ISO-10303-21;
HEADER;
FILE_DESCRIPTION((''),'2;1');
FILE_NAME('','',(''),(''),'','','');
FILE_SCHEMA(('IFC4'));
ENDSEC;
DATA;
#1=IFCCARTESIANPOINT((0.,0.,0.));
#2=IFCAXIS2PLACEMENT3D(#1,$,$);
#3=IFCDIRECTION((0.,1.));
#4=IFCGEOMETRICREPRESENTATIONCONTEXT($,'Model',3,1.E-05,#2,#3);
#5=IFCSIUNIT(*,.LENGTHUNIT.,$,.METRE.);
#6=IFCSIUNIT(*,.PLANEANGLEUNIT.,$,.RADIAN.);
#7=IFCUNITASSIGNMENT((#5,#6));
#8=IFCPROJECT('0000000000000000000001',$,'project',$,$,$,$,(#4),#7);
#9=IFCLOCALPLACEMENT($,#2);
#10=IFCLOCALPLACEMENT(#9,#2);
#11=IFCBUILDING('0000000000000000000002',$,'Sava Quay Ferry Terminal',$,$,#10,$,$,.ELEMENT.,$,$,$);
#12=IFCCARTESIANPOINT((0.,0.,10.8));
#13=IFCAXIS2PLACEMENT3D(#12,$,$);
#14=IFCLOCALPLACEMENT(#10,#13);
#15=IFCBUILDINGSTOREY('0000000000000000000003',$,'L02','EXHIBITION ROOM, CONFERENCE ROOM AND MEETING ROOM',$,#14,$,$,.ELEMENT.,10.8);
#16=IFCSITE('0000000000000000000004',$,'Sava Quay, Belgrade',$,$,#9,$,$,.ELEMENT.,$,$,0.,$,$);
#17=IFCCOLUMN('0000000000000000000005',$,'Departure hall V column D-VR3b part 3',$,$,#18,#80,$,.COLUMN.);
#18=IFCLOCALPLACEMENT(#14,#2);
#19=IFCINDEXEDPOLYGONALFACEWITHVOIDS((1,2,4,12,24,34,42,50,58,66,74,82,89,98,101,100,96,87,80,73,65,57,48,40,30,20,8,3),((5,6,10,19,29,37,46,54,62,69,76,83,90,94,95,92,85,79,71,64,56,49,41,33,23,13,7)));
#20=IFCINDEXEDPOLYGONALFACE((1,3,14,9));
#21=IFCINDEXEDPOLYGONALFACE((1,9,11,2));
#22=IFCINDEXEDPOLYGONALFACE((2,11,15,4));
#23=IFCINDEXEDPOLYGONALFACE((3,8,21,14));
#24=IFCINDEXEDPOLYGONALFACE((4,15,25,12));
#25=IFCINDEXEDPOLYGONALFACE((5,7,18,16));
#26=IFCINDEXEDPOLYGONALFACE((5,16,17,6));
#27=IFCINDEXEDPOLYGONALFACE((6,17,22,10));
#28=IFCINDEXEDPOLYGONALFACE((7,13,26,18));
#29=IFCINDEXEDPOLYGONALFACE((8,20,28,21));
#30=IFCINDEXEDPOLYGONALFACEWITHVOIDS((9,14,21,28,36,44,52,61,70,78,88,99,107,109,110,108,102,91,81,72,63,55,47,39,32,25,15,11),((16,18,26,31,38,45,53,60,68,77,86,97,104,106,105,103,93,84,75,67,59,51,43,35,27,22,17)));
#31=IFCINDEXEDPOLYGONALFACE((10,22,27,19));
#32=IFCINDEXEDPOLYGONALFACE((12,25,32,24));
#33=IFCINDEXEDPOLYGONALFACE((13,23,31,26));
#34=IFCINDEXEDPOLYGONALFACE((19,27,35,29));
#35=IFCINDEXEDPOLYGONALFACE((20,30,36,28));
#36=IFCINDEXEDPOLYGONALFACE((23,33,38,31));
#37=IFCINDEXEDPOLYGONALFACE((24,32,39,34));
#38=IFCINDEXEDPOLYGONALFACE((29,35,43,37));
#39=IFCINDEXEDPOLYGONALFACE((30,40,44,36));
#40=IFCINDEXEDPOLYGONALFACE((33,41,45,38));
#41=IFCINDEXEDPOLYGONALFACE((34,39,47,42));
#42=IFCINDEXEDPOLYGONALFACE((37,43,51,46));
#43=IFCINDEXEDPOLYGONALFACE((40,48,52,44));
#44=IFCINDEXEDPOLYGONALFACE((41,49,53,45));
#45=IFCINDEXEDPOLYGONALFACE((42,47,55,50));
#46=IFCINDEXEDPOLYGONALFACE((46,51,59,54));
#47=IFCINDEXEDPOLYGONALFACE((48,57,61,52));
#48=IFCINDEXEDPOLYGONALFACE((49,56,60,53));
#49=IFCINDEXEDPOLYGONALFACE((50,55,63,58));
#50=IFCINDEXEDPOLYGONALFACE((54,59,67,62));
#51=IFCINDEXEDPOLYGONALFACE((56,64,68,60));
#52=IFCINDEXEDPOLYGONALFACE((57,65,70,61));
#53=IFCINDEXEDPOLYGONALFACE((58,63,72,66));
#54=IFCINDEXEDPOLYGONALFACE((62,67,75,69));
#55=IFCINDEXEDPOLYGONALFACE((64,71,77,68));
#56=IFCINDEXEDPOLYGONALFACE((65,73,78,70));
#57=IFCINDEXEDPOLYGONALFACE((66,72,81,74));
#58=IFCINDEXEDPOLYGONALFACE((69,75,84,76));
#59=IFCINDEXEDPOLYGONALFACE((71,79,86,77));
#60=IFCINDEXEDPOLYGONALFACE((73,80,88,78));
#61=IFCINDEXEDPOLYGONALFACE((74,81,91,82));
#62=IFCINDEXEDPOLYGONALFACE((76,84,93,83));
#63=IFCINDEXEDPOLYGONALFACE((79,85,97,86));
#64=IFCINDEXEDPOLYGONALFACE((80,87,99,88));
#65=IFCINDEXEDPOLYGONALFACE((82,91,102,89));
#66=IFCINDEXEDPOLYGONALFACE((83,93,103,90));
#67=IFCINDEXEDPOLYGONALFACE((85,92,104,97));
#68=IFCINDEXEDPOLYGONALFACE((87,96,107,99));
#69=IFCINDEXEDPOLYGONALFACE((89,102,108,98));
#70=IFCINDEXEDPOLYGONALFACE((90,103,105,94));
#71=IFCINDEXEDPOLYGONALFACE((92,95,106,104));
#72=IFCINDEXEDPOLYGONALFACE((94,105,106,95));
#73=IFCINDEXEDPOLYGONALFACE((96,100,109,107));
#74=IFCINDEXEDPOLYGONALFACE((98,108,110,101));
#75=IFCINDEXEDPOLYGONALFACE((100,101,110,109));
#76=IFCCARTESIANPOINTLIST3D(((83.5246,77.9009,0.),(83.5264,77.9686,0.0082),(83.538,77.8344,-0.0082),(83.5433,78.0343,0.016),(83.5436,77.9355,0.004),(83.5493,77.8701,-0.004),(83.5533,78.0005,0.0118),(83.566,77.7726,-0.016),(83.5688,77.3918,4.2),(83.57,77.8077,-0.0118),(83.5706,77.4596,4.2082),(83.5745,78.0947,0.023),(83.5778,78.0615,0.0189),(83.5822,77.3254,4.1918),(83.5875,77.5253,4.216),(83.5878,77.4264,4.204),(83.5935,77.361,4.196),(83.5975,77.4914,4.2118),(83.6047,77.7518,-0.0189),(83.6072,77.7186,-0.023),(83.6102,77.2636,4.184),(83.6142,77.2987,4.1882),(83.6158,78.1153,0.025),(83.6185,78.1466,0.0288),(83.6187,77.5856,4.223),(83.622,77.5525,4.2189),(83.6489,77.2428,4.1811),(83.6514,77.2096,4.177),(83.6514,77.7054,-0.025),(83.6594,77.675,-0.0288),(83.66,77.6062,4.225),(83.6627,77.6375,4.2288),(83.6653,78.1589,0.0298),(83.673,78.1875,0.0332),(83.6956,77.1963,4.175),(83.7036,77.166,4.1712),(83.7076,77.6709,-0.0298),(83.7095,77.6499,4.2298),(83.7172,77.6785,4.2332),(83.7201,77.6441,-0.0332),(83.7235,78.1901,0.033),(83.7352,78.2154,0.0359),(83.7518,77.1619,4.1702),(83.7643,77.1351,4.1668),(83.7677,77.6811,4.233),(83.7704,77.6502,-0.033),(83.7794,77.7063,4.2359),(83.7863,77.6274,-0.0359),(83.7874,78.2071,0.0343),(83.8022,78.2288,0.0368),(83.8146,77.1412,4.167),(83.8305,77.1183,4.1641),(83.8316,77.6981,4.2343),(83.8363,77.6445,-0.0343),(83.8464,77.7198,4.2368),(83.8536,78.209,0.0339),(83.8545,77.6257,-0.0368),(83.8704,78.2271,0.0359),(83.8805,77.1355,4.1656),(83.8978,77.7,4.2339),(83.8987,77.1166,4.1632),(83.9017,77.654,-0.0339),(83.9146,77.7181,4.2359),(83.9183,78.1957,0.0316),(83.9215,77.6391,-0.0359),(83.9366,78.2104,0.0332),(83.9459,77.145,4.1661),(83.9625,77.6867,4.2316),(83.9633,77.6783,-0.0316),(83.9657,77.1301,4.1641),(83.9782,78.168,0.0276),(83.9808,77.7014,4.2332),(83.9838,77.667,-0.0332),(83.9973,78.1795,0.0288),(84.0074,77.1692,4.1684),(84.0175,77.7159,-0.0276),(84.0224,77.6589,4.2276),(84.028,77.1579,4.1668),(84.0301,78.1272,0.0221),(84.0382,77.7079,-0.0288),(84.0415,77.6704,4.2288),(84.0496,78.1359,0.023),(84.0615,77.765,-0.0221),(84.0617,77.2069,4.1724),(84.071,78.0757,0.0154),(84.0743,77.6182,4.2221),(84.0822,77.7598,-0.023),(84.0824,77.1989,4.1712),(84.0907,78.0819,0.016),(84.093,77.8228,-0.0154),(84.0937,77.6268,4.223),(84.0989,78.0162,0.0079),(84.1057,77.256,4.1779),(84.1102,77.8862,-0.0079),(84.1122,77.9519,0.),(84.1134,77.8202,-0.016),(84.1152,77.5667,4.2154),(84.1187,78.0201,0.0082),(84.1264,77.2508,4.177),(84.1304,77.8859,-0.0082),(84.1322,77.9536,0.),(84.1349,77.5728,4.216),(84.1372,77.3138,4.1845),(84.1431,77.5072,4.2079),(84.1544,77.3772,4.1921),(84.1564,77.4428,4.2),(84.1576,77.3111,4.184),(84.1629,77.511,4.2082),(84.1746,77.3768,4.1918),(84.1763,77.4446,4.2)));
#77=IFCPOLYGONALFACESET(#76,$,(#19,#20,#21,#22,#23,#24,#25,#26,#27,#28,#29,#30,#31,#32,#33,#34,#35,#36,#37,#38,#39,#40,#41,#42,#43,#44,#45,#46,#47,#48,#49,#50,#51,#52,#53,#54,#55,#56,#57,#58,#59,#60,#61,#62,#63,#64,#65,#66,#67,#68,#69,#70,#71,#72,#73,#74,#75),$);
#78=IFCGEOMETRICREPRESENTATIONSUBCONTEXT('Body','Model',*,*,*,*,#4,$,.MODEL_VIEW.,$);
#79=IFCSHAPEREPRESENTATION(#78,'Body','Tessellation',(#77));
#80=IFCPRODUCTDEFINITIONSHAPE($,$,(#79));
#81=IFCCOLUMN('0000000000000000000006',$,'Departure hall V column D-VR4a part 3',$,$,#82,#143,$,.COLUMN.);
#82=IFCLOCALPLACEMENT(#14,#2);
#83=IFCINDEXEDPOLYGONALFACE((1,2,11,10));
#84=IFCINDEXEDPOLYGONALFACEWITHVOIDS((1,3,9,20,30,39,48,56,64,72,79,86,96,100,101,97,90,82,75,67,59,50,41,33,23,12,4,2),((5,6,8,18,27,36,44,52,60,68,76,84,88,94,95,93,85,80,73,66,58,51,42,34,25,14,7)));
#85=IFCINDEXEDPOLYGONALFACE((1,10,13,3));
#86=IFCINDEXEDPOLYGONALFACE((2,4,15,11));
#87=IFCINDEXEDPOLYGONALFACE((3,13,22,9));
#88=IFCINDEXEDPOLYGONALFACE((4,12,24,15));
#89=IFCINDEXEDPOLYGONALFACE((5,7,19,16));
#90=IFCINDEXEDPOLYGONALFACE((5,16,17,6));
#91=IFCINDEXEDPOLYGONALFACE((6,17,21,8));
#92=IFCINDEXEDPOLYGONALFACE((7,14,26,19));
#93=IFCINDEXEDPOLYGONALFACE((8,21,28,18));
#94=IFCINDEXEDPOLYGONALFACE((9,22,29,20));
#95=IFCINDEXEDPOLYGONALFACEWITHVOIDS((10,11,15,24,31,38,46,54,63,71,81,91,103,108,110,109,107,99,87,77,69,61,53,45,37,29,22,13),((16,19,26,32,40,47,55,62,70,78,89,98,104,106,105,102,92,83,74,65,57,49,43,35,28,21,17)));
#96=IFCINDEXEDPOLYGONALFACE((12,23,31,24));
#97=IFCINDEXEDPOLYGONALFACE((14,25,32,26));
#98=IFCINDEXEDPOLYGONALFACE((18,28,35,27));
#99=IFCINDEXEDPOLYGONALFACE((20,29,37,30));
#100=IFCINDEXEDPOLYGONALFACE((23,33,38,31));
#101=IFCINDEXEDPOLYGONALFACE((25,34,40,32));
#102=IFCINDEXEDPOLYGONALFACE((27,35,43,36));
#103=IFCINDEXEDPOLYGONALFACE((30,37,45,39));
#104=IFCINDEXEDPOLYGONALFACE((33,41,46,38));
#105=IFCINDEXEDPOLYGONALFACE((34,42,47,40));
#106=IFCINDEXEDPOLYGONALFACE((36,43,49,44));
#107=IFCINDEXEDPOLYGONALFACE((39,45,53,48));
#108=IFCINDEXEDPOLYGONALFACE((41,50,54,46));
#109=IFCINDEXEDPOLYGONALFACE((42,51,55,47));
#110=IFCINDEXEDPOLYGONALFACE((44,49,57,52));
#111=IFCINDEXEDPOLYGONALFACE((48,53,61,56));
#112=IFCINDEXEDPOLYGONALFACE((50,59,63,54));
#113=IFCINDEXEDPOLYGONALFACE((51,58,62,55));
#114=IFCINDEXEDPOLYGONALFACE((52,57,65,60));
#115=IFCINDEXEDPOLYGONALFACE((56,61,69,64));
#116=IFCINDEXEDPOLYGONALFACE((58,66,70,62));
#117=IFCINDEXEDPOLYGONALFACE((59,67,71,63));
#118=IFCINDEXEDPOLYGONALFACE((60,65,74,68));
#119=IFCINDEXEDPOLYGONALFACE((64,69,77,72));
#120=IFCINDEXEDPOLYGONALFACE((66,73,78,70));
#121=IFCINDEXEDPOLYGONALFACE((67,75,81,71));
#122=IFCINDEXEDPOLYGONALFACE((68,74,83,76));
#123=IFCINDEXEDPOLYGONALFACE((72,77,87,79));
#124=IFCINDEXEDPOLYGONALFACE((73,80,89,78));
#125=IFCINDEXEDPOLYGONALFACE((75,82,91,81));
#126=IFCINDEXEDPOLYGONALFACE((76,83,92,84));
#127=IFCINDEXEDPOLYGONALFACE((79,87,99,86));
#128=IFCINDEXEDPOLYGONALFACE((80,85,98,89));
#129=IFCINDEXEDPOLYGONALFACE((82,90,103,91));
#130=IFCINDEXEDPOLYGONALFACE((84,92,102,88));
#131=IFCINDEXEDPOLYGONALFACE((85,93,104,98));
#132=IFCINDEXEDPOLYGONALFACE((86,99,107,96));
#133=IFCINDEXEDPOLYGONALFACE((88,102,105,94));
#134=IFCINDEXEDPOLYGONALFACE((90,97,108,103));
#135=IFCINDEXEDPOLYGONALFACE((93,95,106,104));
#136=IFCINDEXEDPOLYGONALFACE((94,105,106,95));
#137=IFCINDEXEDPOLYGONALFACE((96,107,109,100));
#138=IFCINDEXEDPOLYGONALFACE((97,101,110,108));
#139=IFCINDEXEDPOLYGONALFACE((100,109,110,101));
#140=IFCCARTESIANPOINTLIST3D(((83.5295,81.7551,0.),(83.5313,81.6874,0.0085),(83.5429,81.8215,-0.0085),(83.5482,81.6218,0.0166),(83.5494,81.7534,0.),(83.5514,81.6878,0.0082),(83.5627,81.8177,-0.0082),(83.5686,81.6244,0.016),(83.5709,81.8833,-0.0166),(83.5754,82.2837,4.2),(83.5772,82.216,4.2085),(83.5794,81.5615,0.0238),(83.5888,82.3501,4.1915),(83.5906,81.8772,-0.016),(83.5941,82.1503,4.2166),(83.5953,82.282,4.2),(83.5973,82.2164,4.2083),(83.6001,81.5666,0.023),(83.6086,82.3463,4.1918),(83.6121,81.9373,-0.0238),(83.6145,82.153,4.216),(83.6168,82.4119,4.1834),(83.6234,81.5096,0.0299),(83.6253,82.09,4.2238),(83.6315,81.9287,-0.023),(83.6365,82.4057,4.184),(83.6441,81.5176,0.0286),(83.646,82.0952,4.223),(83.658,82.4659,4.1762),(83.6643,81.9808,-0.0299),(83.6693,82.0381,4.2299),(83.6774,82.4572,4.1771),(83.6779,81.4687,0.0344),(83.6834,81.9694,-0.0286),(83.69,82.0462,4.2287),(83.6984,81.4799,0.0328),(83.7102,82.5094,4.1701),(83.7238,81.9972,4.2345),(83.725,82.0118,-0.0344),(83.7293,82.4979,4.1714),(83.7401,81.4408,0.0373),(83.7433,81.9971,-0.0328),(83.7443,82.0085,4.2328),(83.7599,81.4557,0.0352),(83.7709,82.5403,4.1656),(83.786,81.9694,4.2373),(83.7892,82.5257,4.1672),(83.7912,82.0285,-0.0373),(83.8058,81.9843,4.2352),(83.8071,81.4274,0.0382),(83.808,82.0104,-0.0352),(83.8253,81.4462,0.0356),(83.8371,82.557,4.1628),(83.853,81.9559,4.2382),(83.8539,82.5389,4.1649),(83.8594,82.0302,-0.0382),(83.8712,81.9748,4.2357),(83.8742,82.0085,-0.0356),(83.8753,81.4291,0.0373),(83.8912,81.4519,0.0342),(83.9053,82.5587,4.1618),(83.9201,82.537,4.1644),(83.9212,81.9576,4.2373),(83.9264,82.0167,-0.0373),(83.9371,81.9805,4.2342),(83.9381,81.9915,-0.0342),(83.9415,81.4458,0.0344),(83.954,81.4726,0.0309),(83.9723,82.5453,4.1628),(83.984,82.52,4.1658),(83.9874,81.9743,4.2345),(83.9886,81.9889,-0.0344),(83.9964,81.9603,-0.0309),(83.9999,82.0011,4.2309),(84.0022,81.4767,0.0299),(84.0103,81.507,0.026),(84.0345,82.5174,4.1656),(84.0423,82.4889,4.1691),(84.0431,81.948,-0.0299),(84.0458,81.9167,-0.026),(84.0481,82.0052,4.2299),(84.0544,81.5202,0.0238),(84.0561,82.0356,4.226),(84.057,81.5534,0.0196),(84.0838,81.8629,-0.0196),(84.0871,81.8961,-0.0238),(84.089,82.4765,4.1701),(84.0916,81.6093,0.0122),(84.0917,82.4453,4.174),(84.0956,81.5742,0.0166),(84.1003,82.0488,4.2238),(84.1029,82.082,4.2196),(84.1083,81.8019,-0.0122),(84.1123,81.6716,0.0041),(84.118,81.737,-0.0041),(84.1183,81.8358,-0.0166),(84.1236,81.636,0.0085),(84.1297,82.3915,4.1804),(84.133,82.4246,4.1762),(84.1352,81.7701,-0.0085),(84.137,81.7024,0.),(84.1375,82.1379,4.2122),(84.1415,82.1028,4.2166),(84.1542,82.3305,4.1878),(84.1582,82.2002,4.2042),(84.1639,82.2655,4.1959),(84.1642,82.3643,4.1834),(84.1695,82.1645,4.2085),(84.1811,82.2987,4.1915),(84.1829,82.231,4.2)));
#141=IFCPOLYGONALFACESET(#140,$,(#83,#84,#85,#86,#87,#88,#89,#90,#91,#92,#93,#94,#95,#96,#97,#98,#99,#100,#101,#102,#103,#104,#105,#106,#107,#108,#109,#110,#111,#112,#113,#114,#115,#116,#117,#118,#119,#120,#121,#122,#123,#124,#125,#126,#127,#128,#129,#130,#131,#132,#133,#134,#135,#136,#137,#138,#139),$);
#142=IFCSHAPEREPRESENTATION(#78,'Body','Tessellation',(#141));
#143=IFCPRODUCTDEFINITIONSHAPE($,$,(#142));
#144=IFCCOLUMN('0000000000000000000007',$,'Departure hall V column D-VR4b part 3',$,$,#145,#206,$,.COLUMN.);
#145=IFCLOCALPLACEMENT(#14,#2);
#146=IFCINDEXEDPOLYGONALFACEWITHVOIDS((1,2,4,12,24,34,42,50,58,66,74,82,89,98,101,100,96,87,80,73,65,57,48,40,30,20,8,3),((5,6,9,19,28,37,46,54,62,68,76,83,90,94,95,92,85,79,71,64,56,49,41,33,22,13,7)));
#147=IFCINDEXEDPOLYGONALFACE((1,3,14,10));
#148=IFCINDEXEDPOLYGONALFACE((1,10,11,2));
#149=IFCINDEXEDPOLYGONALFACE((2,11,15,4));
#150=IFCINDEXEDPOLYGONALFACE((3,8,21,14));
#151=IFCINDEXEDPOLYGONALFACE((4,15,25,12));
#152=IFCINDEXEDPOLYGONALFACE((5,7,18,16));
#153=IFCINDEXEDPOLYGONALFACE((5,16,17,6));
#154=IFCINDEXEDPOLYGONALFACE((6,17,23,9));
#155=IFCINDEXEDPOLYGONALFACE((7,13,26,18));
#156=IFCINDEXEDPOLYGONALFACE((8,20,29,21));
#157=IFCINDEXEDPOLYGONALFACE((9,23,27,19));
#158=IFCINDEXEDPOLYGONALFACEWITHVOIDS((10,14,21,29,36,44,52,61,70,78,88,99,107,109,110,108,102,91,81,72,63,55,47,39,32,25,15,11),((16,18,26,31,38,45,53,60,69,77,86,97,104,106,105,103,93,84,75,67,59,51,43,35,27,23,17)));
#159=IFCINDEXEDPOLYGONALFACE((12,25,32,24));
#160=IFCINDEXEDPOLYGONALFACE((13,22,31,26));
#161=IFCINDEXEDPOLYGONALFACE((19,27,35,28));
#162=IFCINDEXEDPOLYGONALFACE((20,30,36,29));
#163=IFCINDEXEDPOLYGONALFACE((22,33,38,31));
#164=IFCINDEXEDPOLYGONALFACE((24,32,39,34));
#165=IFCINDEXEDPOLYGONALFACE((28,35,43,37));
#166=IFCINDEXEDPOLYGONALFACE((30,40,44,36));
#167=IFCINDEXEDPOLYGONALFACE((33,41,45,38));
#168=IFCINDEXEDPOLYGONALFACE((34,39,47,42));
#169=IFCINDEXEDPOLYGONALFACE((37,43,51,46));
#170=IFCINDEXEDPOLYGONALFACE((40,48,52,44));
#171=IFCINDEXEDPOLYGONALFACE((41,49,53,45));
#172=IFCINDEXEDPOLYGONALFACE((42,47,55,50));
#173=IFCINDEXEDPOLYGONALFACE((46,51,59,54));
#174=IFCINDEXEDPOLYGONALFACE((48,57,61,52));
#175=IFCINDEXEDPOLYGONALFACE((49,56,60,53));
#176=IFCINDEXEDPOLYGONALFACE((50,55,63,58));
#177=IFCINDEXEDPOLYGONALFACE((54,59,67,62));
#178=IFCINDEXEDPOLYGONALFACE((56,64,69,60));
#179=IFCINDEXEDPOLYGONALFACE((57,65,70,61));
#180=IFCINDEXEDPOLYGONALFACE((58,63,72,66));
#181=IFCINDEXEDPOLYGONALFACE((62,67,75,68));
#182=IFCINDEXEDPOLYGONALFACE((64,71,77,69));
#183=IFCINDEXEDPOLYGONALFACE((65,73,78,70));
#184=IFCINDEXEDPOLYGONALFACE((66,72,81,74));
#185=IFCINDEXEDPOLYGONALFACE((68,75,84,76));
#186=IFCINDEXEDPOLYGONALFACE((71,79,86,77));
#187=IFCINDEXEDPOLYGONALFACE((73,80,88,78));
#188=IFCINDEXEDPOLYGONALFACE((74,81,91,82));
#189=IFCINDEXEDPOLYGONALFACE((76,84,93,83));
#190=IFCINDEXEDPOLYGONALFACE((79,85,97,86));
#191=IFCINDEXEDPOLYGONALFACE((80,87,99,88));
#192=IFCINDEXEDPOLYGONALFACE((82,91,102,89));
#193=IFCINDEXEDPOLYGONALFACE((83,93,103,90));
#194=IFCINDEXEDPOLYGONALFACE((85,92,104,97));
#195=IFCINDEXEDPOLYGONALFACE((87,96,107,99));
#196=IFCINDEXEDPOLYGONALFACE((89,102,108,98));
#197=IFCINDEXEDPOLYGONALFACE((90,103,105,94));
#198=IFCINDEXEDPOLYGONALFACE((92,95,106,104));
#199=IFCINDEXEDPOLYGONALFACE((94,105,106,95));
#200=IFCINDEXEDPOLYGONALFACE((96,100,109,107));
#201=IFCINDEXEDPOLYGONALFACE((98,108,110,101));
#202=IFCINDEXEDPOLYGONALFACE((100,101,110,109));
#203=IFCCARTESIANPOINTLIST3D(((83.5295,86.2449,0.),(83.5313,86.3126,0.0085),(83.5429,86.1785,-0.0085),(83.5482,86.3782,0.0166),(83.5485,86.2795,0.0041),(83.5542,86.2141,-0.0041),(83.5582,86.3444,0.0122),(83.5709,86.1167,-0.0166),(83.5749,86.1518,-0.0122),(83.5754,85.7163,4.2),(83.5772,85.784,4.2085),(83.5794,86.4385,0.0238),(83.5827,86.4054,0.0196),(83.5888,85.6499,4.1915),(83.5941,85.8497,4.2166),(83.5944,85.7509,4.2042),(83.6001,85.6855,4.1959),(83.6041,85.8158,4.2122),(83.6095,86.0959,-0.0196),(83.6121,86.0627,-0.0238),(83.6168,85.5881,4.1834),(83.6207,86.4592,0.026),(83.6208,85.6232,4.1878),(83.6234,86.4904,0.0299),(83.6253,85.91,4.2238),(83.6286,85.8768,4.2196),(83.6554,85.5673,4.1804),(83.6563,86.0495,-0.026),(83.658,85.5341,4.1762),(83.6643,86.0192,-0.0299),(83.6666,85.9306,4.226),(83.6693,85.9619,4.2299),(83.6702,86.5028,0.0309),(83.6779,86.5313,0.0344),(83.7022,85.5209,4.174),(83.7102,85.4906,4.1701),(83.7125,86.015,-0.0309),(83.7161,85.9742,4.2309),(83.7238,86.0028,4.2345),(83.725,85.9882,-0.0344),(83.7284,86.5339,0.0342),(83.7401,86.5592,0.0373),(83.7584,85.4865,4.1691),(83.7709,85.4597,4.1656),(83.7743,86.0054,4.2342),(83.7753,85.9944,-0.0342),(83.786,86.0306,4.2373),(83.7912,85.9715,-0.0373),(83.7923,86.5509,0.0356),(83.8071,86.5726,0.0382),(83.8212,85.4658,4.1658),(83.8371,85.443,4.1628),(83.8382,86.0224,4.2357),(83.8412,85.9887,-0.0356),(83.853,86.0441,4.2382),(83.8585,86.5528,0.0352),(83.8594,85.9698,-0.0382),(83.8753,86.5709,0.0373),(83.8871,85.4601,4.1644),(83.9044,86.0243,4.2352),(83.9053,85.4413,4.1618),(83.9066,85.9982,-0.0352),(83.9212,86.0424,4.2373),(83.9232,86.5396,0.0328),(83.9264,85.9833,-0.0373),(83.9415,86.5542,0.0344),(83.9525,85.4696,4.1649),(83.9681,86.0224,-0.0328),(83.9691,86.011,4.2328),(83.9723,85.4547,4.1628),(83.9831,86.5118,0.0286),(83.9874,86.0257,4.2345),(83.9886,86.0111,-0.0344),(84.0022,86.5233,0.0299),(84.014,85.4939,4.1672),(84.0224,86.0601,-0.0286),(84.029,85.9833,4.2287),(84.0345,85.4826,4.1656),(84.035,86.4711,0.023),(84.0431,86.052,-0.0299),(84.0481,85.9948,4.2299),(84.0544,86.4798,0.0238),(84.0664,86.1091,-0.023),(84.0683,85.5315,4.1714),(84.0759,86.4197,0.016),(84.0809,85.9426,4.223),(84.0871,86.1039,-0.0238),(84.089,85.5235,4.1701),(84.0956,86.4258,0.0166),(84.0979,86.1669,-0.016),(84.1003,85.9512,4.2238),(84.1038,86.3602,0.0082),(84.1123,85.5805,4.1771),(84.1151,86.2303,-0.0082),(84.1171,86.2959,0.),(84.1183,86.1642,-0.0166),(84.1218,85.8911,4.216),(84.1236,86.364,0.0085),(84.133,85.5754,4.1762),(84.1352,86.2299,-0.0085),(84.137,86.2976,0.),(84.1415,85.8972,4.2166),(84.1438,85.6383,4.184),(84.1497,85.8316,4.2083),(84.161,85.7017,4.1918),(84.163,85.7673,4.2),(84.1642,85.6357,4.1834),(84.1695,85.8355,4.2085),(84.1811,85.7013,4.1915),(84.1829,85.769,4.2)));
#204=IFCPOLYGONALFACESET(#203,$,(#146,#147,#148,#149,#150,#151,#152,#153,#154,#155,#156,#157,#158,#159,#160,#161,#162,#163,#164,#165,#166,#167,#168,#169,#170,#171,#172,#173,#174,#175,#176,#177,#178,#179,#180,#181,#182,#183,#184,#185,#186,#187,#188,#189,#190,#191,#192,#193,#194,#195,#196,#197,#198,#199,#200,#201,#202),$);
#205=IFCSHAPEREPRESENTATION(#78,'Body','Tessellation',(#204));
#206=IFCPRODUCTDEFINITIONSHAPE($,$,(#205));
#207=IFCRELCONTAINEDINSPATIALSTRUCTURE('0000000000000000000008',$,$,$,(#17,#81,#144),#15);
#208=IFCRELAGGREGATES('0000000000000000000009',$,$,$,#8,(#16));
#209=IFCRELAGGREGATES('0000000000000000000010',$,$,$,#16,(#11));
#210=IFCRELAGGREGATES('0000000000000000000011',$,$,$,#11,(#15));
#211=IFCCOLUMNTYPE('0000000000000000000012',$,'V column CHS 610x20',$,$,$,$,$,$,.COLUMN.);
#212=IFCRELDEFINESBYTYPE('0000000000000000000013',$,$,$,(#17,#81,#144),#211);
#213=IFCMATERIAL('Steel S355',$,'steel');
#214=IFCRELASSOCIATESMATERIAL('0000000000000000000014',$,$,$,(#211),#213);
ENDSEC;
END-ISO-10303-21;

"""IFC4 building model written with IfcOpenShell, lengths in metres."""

from ifc_helpers import new_model, si_unit, direction, frame, origin, origin_2d, place, context, subcontext, project, spatial, hollow_circle, extrude, material, material_profile, profile_set, type_object, element, save


model = new_model("IFC4")

# Units and contexts
model_context = context("Model", 3, precision=1e-05, world=origin(), true_north=direction((0.0, 1.0)))
body_context = subcontext(model_context, "Body", "Model", "MODEL_VIEW")
ifc_project = project(units=[si_unit("LENGTHUNIT", "METRE"), si_unit("PLANEANGLEUNIT", "RADIAN")], contexts=[model_context])

# Site, building, storey
site_placement = place(None, origin())
site = spatial("IfcSite", under=ifc_project, at=site_placement, Name="Sava Quay, Belgrade", CompositionType="ELEMENT", RefElevation=0.0)
building_placement = place(site_placement, origin())
building = spatial("IfcBuilding", under=site, at=building_placement, Name="Sava Quay Ferry Terminal", CompositionType="ELEMENT")
storey_placement = place(building_placement, frame((0.0, 0.0, 10.8)))
storey = spatial("IfcBuildingStorey", under=building, at=storey_placement, Name="L02", Description="EXHIBITION ROOM, CONFERENCE ROOM AND MEETING ROOM", CompositionType="ELEMENT", Elevation=10.8)

# Columns
ifc_material_1 = material(Name="Steel S355", Category="steel")
ifc_material_profile_1 = material_profile(ifc_material_1, hollow_circle(Radius=0.3049, WallThickness=0.02, at=origin_2d()), Name="CHS 610 x 20.0")
ifc_profile_set_1 = profile_set([ifc_material_profile_1], Name="Steel S355")
column_type = type_object("IfcColumnType", Name="V column CHS 610x20", PredefinedType="COLUMN", material=ifc_profile_set_1)
column_placement = place(storey_placement, frame((83.8284, 77.9272, 0.0), z_axis=(0.010444, -0.120313, 0.992681), x_axis=(0.996253, 0.086485, 0.0)))
element("IfcColumn", 1, at=column_placement, inside=storey, type_object=column_type, Name="Departure hall V column D-VR3b part 3", PredefinedType="COLUMN", context=body_context, shape_type="SweptSolid", body=[
    extrude(hollow_circle(Radius=0.3049, WallThickness=0.02, at=origin_2d()), origin(), (0.0, 0.0, 1.0), 4.231),
])
for number, where, z_axis, x_axis, name in (
    (2, (83.8333, 81.7288, 0.0), (0.010842, 0.124858, 0.992115), (-0.996251, 0.08651, 0.0), "Departure hall V column D-VR4a part 3"),
    (3, (83.8333, 86.2712, 0.0), (0.010842, -0.124858, 0.992115), (0.996251, 0.08651, 0.0), "Departure hall V column D-VR4b part 3"),
):
    element("IfcColumn", number, at=place(storey_placement, frame(where, z_axis=z_axis, x_axis=x_axis)), inside=storey, type_object=column_type, Name=name, PredefinedType="COLUMN", context=body_context, shape_type="SweptSolid", body=[
        extrude(hollow_circle(Radius=0.3049, WallThickness=0.02, at=origin_2d()), origin(), (0.0, 0.0, 1.0), 4.2334),
    ])

save(model, "model.ifc")
